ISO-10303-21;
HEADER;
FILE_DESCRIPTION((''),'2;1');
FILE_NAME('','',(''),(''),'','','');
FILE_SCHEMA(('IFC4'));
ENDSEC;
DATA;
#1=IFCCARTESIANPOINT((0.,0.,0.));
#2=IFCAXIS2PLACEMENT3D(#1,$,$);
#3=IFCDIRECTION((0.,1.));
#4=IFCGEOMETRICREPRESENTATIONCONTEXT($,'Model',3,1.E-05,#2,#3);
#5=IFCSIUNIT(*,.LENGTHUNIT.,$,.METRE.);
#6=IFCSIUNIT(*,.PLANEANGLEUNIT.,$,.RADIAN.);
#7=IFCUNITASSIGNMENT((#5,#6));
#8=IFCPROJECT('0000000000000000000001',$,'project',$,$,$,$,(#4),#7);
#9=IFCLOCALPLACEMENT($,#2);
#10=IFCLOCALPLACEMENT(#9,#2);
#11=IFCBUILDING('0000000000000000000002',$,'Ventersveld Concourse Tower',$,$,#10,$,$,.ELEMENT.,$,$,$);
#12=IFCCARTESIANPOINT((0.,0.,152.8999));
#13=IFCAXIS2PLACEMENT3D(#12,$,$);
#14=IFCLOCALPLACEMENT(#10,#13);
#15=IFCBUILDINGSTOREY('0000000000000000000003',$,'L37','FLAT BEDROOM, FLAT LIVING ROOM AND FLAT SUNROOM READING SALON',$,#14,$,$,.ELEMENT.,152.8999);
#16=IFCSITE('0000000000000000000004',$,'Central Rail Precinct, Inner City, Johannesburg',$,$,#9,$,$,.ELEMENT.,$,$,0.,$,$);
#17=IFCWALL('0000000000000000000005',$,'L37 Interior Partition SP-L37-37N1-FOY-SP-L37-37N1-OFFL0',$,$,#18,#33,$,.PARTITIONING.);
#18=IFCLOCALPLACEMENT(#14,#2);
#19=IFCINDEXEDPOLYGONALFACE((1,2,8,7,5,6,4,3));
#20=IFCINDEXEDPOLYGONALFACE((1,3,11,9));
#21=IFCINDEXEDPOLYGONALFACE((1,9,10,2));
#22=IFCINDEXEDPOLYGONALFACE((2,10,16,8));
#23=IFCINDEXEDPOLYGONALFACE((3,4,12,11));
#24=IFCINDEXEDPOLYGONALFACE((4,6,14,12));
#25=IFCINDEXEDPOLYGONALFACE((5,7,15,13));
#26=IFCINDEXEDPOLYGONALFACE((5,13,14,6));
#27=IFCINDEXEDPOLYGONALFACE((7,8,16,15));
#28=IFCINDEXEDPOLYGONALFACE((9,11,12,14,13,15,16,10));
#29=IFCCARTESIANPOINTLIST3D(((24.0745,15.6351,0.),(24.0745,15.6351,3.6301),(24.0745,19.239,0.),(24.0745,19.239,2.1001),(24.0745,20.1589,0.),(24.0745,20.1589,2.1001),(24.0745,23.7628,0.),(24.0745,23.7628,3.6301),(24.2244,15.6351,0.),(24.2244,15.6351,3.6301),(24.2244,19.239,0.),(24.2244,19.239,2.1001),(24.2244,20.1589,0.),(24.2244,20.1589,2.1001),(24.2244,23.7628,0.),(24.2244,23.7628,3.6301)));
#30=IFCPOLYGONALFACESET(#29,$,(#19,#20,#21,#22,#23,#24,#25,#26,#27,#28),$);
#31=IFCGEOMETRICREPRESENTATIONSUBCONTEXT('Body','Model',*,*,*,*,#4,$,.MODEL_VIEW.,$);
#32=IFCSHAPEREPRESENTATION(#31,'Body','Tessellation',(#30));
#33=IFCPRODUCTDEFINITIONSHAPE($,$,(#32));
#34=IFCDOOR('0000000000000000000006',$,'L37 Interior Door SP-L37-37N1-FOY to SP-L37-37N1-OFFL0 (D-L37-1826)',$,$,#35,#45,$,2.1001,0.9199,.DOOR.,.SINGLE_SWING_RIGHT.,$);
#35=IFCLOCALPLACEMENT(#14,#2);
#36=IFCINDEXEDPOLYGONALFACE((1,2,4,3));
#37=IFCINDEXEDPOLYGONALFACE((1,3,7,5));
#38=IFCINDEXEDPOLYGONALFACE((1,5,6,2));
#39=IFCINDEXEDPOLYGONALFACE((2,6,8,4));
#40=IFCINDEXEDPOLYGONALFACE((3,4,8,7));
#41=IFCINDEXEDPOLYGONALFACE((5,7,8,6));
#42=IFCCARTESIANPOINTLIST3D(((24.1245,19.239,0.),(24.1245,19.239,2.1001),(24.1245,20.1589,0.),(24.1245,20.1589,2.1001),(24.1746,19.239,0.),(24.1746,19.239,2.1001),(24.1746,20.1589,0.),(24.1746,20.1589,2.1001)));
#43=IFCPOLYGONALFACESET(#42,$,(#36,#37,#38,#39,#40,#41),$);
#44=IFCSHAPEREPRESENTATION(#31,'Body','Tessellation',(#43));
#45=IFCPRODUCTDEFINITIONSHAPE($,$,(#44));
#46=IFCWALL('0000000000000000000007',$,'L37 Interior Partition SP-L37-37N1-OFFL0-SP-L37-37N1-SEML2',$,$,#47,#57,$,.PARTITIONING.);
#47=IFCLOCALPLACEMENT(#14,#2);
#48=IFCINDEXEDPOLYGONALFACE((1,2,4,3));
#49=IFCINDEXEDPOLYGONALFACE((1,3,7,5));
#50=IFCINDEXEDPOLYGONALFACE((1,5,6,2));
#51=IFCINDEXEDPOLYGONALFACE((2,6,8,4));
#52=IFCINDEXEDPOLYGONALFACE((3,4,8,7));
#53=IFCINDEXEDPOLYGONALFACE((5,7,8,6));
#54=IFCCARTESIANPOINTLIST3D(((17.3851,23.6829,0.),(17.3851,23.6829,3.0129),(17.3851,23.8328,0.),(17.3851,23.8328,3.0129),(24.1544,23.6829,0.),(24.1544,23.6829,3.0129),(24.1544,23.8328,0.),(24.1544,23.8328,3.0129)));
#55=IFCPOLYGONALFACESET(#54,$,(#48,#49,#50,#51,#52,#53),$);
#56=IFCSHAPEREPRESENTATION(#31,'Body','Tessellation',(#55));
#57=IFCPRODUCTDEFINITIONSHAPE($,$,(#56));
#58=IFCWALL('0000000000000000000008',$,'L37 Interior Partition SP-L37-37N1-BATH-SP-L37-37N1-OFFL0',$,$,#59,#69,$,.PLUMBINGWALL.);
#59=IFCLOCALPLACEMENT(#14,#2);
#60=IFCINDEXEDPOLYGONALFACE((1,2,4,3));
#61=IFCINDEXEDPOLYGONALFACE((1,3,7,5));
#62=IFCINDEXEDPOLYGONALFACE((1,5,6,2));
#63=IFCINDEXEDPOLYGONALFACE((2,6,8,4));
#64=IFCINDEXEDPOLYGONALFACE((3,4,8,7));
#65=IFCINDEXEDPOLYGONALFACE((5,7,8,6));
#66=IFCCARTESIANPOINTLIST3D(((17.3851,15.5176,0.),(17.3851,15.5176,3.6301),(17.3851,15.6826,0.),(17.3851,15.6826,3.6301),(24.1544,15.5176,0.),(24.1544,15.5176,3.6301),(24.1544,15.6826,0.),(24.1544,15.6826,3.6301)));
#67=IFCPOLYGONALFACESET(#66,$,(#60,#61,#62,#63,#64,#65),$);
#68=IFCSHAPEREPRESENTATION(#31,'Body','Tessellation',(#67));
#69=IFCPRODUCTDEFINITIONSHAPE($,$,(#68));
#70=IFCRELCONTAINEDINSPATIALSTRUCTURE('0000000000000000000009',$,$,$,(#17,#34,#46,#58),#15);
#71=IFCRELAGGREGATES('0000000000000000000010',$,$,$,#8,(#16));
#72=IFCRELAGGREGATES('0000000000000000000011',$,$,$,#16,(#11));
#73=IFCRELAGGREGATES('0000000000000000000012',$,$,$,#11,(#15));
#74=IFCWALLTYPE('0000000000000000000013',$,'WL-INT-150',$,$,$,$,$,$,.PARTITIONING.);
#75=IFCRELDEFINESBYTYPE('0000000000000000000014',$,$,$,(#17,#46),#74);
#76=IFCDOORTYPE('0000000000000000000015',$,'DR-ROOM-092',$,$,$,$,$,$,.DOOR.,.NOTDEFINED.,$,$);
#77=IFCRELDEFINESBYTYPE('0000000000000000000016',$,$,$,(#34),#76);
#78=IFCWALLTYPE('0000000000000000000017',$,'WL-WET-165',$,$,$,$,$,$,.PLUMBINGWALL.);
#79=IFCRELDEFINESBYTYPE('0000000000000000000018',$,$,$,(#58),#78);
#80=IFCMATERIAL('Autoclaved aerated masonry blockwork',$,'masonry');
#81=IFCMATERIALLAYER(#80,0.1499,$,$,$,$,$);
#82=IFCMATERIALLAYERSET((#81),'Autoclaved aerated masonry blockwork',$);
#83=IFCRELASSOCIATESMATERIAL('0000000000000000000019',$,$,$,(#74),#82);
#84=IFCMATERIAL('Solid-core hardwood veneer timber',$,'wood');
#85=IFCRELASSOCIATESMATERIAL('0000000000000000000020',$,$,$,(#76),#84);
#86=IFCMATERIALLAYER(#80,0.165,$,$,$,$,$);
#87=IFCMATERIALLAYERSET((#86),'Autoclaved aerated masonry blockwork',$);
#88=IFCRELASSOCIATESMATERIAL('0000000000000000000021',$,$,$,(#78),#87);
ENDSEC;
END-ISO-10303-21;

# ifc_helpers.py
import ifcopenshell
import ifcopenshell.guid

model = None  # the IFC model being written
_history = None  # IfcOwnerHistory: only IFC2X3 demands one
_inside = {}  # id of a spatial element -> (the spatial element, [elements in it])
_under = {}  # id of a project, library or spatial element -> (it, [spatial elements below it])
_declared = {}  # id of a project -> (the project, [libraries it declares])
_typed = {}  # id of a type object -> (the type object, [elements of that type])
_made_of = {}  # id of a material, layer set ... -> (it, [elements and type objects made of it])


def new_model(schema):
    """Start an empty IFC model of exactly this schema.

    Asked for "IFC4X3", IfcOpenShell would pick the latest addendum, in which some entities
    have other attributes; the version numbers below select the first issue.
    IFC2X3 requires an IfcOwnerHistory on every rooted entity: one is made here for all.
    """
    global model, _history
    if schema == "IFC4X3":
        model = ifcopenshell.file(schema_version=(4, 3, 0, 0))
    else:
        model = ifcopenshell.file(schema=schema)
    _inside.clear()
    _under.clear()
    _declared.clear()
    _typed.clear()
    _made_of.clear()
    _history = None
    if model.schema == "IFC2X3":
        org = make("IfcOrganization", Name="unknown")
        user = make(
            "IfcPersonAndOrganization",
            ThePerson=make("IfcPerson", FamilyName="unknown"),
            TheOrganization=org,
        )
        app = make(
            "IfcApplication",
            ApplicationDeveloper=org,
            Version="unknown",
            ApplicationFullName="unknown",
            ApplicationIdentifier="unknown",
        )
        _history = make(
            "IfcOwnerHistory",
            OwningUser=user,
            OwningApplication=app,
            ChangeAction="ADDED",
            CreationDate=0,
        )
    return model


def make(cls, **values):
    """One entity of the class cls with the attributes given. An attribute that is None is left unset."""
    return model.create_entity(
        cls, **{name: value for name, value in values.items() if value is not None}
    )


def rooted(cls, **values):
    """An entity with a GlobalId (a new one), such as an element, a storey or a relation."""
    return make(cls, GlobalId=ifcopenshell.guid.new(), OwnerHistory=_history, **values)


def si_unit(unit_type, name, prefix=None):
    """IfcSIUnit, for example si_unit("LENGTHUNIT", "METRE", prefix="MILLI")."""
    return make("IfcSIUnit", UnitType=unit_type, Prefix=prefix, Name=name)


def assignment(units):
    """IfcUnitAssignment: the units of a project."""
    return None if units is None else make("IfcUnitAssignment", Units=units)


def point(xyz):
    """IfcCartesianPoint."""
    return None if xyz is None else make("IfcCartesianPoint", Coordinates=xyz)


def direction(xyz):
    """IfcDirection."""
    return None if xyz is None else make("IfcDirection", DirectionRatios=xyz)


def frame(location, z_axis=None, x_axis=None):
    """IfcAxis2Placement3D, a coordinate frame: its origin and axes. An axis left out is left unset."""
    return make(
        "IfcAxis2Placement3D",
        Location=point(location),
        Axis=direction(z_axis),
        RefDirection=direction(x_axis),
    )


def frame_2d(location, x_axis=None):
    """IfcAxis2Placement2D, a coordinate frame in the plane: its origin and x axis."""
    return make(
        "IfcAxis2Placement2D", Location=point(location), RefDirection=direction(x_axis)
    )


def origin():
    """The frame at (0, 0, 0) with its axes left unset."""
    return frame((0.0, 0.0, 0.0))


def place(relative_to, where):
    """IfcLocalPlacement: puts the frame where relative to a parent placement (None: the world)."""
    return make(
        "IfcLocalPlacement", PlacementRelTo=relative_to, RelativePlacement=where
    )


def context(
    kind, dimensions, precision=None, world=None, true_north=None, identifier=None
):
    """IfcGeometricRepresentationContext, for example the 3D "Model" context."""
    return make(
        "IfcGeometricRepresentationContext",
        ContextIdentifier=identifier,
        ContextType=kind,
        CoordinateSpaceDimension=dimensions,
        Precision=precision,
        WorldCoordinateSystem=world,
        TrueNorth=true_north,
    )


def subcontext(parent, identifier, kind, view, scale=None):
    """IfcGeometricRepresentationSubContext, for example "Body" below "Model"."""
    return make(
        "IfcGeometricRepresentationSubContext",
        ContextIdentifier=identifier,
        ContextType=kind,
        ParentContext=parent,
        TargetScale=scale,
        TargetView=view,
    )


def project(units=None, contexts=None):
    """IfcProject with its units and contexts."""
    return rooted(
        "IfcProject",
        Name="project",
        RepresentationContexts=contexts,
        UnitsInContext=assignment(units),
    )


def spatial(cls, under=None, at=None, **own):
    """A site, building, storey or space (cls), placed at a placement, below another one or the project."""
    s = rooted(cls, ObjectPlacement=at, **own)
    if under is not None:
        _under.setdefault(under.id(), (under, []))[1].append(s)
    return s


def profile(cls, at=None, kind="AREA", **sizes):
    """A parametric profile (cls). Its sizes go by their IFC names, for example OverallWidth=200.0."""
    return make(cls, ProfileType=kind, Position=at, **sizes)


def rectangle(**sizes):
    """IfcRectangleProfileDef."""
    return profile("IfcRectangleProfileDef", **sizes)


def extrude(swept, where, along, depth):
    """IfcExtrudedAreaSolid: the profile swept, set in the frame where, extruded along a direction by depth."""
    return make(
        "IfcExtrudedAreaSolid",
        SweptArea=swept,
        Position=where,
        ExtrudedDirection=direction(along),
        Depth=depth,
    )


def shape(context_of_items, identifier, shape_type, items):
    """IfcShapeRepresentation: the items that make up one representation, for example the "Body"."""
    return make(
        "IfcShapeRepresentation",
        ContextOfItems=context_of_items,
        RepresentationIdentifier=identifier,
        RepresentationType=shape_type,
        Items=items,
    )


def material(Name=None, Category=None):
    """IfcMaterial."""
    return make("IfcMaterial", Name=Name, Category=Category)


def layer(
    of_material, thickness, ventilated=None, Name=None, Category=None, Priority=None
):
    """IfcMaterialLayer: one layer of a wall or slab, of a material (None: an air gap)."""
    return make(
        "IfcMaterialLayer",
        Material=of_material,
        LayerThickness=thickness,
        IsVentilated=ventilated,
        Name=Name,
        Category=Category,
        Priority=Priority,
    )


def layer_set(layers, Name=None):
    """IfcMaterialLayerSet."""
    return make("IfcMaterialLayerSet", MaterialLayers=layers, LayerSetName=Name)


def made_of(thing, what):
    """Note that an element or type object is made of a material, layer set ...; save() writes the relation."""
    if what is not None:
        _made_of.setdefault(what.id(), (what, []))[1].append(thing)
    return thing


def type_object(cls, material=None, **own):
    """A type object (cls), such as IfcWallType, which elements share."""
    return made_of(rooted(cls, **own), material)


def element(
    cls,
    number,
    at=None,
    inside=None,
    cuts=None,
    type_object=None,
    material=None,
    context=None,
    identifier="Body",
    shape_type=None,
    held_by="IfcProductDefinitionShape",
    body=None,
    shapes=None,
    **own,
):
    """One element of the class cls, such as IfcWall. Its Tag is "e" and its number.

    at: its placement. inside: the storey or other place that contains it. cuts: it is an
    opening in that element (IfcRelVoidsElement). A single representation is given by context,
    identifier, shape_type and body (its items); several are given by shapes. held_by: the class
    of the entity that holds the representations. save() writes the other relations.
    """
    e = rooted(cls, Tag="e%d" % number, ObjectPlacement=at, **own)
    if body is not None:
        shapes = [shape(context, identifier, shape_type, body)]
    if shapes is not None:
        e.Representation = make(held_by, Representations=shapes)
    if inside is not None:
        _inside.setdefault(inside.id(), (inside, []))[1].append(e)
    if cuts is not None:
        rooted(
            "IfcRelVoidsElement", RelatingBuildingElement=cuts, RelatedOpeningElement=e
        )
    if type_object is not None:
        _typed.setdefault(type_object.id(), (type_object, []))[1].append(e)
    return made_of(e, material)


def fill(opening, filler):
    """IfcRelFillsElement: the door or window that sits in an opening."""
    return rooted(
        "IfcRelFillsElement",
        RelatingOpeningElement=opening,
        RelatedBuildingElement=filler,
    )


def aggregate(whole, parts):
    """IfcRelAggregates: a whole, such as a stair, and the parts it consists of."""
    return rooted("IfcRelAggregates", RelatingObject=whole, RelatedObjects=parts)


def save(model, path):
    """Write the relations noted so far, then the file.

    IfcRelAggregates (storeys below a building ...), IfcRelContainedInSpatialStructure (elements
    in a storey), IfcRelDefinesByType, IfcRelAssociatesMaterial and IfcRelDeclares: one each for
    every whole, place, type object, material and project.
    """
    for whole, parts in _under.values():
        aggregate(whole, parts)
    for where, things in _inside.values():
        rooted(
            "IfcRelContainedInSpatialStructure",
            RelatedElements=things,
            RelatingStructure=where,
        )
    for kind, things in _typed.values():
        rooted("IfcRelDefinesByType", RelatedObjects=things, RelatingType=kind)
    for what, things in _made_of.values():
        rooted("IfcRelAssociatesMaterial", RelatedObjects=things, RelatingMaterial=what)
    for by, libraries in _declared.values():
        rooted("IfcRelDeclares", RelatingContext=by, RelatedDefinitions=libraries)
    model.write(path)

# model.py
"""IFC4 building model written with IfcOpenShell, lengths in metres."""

from ifc_helpers import new_model, si_unit, direction, frame, frame_2d, origin, place, context, subcontext, project, spatial, rectangle, extrude, material, layer, layer_set, type_object, element, fill, save


model = new_model("IFC4")

# Units and contexts
model_context = context("Model", 3, precision=1e-05, world=origin(), true_north=direction((0.0, 1.0)))
body_context = subcontext(model_context, "Body", "Model", "MODEL_VIEW")
ifc_project = project(units=[si_unit("LENGTHUNIT", "METRE"), si_unit("PLANEANGLEUNIT", "RADIAN")], contexts=[model_context])

# Site, building, storey
site_placement = place(None, origin())
site = spatial("IfcSite", under=ifc_project, at=site_placement, Name="Central Rail Precinct, Inner City, Johannesburg", CompositionType="ELEMENT", RefElevation=0.0)
building_placement = place(site_placement, origin())
building = spatial("IfcBuilding", under=site, at=building_placement, Name="Ventersveld Concourse Tower", CompositionType="ELEMENT")
storey_placement = place(building_placement, frame((0.0, 0.0, 152.8999)))
storey = spatial("IfcBuildingStorey", under=building, at=storey_placement, Name="L37", Description="FLAT BEDROOM, FLAT LIVING ROOM AND FLAT SUNROOM READING SALON", CompositionType="ELEMENT", Elevation=152.8999)

# Shared definitions
ifc_material_1 = material(Name="Solid-core hardwood veneer timber", Category="wood")

# Wall, opening, door
ifc_material_2 = material(Name="Autoclaved aerated masonry blockwork", Category="masonry")
ifc_layer_1 = layer(ifc_material_2, 0.1499)
ifc_layer_set_1 = layer_set([ifc_layer_1], Name="Autoclaved aerated masonry blockwork")
wall_type_1 = type_object("IfcWallType", Name="WL-INT-150", PredefinedType="PARTITIONING", material=ifc_layer_set_1)
door_type_1 = type_object("IfcDoorType", Name="DR-ROOM-092", OperationType="NOTDEFINED", PredefinedType="DOOR", material=ifc_material_1)
wall_1_placement = place(storey_placement, frame((24.1494, 15.635, 0.0), z_axis=(0.0, 0.0, 1.0), x_axis=(0.0, 1.0, 0.0)))
wall_1 = element("IfcWall", 1, at=wall_1_placement, inside=storey, type_object=wall_type_1, Name="L37 Interior Partition SP-L37-37N1-FOY-SP-L37-37N1-OFFL0", PredefinedType="PARTITIONING", context=body_context, shape_type="SweptSolid", body=[
    extrude(rectangle(XDim=8.1277, YDim=0.1499, at=frame_2d((4.064, 0.0))), origin(), (0.0, 0.0, 1.0), 3.6301),
])
opening_1_placement = place(wall_1_placement, frame((3.604, 0.0, 0.0)))
opening_1 = element("IfcOpeningElement", 2, at=opening_1_placement, cuts=wall_1, PredefinedType="OPENING", context=body_context, shape_type="SweptSolid", body=[
    extrude(rectangle(XDim=0.9199, YDim=2.1001, at=frame_2d((0.46, 1.05))), frame((0.0, 0.085, 0.0), z_axis=(0.0, -1.0, 0.0), x_axis=(1.0, 0.0, 0.0)), (0.0, 0.0, 1.0), 0.1699),
])
door_1_placement = place(opening_1_placement, origin())
door_1 = element("IfcDoor", 3, at=door_1_placement, inside=storey, type_object=door_type_1, Name="L37 Interior Door SP-L37-37N1-FOY to SP-L37-37N1-OFFL0 (D-L37-1826)", OperationType="SINGLE_SWING_RIGHT", OverallHeight=2.1001, OverallWidth=0.9199, PredefinedType="DOOR", context=body_context, shape_type="SweptSolid", body=[
    extrude(rectangle(XDim=0.9199, YDim=2.1001, at=frame_2d((0.46, 1.05))), frame((0.0, 0.0249, 0.0), z_axis=(0.0, -1.0, 0.0), x_axis=(1.0, 0.0, 0.0)), (0.0, 0.0, 1.0), 0.05),
])
fill(opening_1, door_1)

# Walls
wall_2_placement = place(storey_placement, frame((17.385, 23.7578, 0.0), z_axis=(0.0, 0.0, 1.0), x_axis=(1.0, 0.0, 0.0)))
element("IfcWall", 4, at=wall_2_placement, inside=storey, type_object=wall_type_1, Name="L37 Interior Partition SP-L37-37N1-OFFL0-SP-L37-37N1-SEML2", PredefinedType="PARTITIONING", context=body_context, shape_type="SweptSolid", body=[
    extrude(rectangle(XDim=6.7693, YDim=0.1499, at=frame_2d((3.3848, 0.0))), origin(), (0.0, 0.0, 1.0), 3.0129),
])
ifc_layer_2 = layer(ifc_material_2, 0.165)
ifc_layer_set_2 = layer_set([ifc_layer_2], Name="Autoclaved aerated masonry blockwork")
wall_type_2 = type_object("IfcWallType", Name="WL-WET-165", PredefinedType="PLUMBINGWALL", material=ifc_layer_set_2)
wall_3_placement = place(storey_placement, frame((17.385, 15.6001, 0.0), z_axis=(0.0, 0.0, 1.0), x_axis=(1.0, 0.0, 0.0)))
element("IfcWall", 5, at=wall_3_placement, inside=storey, type_object=wall_type_2, Name="L37 Interior Partition SP-L37-37N1-BATH-SP-L37-37N1-OFFL0", PredefinedType="PLUMBINGWALL", context=body_context, shape_type="SweptSolid", body=[
    extrude(rectangle(XDim=6.7693, YDim=0.165, at=frame_2d((3.3848, 0.0))), origin(), (0.0, 0.0, 1.0), 3.6301),
])

save(model, "model.ifc")
